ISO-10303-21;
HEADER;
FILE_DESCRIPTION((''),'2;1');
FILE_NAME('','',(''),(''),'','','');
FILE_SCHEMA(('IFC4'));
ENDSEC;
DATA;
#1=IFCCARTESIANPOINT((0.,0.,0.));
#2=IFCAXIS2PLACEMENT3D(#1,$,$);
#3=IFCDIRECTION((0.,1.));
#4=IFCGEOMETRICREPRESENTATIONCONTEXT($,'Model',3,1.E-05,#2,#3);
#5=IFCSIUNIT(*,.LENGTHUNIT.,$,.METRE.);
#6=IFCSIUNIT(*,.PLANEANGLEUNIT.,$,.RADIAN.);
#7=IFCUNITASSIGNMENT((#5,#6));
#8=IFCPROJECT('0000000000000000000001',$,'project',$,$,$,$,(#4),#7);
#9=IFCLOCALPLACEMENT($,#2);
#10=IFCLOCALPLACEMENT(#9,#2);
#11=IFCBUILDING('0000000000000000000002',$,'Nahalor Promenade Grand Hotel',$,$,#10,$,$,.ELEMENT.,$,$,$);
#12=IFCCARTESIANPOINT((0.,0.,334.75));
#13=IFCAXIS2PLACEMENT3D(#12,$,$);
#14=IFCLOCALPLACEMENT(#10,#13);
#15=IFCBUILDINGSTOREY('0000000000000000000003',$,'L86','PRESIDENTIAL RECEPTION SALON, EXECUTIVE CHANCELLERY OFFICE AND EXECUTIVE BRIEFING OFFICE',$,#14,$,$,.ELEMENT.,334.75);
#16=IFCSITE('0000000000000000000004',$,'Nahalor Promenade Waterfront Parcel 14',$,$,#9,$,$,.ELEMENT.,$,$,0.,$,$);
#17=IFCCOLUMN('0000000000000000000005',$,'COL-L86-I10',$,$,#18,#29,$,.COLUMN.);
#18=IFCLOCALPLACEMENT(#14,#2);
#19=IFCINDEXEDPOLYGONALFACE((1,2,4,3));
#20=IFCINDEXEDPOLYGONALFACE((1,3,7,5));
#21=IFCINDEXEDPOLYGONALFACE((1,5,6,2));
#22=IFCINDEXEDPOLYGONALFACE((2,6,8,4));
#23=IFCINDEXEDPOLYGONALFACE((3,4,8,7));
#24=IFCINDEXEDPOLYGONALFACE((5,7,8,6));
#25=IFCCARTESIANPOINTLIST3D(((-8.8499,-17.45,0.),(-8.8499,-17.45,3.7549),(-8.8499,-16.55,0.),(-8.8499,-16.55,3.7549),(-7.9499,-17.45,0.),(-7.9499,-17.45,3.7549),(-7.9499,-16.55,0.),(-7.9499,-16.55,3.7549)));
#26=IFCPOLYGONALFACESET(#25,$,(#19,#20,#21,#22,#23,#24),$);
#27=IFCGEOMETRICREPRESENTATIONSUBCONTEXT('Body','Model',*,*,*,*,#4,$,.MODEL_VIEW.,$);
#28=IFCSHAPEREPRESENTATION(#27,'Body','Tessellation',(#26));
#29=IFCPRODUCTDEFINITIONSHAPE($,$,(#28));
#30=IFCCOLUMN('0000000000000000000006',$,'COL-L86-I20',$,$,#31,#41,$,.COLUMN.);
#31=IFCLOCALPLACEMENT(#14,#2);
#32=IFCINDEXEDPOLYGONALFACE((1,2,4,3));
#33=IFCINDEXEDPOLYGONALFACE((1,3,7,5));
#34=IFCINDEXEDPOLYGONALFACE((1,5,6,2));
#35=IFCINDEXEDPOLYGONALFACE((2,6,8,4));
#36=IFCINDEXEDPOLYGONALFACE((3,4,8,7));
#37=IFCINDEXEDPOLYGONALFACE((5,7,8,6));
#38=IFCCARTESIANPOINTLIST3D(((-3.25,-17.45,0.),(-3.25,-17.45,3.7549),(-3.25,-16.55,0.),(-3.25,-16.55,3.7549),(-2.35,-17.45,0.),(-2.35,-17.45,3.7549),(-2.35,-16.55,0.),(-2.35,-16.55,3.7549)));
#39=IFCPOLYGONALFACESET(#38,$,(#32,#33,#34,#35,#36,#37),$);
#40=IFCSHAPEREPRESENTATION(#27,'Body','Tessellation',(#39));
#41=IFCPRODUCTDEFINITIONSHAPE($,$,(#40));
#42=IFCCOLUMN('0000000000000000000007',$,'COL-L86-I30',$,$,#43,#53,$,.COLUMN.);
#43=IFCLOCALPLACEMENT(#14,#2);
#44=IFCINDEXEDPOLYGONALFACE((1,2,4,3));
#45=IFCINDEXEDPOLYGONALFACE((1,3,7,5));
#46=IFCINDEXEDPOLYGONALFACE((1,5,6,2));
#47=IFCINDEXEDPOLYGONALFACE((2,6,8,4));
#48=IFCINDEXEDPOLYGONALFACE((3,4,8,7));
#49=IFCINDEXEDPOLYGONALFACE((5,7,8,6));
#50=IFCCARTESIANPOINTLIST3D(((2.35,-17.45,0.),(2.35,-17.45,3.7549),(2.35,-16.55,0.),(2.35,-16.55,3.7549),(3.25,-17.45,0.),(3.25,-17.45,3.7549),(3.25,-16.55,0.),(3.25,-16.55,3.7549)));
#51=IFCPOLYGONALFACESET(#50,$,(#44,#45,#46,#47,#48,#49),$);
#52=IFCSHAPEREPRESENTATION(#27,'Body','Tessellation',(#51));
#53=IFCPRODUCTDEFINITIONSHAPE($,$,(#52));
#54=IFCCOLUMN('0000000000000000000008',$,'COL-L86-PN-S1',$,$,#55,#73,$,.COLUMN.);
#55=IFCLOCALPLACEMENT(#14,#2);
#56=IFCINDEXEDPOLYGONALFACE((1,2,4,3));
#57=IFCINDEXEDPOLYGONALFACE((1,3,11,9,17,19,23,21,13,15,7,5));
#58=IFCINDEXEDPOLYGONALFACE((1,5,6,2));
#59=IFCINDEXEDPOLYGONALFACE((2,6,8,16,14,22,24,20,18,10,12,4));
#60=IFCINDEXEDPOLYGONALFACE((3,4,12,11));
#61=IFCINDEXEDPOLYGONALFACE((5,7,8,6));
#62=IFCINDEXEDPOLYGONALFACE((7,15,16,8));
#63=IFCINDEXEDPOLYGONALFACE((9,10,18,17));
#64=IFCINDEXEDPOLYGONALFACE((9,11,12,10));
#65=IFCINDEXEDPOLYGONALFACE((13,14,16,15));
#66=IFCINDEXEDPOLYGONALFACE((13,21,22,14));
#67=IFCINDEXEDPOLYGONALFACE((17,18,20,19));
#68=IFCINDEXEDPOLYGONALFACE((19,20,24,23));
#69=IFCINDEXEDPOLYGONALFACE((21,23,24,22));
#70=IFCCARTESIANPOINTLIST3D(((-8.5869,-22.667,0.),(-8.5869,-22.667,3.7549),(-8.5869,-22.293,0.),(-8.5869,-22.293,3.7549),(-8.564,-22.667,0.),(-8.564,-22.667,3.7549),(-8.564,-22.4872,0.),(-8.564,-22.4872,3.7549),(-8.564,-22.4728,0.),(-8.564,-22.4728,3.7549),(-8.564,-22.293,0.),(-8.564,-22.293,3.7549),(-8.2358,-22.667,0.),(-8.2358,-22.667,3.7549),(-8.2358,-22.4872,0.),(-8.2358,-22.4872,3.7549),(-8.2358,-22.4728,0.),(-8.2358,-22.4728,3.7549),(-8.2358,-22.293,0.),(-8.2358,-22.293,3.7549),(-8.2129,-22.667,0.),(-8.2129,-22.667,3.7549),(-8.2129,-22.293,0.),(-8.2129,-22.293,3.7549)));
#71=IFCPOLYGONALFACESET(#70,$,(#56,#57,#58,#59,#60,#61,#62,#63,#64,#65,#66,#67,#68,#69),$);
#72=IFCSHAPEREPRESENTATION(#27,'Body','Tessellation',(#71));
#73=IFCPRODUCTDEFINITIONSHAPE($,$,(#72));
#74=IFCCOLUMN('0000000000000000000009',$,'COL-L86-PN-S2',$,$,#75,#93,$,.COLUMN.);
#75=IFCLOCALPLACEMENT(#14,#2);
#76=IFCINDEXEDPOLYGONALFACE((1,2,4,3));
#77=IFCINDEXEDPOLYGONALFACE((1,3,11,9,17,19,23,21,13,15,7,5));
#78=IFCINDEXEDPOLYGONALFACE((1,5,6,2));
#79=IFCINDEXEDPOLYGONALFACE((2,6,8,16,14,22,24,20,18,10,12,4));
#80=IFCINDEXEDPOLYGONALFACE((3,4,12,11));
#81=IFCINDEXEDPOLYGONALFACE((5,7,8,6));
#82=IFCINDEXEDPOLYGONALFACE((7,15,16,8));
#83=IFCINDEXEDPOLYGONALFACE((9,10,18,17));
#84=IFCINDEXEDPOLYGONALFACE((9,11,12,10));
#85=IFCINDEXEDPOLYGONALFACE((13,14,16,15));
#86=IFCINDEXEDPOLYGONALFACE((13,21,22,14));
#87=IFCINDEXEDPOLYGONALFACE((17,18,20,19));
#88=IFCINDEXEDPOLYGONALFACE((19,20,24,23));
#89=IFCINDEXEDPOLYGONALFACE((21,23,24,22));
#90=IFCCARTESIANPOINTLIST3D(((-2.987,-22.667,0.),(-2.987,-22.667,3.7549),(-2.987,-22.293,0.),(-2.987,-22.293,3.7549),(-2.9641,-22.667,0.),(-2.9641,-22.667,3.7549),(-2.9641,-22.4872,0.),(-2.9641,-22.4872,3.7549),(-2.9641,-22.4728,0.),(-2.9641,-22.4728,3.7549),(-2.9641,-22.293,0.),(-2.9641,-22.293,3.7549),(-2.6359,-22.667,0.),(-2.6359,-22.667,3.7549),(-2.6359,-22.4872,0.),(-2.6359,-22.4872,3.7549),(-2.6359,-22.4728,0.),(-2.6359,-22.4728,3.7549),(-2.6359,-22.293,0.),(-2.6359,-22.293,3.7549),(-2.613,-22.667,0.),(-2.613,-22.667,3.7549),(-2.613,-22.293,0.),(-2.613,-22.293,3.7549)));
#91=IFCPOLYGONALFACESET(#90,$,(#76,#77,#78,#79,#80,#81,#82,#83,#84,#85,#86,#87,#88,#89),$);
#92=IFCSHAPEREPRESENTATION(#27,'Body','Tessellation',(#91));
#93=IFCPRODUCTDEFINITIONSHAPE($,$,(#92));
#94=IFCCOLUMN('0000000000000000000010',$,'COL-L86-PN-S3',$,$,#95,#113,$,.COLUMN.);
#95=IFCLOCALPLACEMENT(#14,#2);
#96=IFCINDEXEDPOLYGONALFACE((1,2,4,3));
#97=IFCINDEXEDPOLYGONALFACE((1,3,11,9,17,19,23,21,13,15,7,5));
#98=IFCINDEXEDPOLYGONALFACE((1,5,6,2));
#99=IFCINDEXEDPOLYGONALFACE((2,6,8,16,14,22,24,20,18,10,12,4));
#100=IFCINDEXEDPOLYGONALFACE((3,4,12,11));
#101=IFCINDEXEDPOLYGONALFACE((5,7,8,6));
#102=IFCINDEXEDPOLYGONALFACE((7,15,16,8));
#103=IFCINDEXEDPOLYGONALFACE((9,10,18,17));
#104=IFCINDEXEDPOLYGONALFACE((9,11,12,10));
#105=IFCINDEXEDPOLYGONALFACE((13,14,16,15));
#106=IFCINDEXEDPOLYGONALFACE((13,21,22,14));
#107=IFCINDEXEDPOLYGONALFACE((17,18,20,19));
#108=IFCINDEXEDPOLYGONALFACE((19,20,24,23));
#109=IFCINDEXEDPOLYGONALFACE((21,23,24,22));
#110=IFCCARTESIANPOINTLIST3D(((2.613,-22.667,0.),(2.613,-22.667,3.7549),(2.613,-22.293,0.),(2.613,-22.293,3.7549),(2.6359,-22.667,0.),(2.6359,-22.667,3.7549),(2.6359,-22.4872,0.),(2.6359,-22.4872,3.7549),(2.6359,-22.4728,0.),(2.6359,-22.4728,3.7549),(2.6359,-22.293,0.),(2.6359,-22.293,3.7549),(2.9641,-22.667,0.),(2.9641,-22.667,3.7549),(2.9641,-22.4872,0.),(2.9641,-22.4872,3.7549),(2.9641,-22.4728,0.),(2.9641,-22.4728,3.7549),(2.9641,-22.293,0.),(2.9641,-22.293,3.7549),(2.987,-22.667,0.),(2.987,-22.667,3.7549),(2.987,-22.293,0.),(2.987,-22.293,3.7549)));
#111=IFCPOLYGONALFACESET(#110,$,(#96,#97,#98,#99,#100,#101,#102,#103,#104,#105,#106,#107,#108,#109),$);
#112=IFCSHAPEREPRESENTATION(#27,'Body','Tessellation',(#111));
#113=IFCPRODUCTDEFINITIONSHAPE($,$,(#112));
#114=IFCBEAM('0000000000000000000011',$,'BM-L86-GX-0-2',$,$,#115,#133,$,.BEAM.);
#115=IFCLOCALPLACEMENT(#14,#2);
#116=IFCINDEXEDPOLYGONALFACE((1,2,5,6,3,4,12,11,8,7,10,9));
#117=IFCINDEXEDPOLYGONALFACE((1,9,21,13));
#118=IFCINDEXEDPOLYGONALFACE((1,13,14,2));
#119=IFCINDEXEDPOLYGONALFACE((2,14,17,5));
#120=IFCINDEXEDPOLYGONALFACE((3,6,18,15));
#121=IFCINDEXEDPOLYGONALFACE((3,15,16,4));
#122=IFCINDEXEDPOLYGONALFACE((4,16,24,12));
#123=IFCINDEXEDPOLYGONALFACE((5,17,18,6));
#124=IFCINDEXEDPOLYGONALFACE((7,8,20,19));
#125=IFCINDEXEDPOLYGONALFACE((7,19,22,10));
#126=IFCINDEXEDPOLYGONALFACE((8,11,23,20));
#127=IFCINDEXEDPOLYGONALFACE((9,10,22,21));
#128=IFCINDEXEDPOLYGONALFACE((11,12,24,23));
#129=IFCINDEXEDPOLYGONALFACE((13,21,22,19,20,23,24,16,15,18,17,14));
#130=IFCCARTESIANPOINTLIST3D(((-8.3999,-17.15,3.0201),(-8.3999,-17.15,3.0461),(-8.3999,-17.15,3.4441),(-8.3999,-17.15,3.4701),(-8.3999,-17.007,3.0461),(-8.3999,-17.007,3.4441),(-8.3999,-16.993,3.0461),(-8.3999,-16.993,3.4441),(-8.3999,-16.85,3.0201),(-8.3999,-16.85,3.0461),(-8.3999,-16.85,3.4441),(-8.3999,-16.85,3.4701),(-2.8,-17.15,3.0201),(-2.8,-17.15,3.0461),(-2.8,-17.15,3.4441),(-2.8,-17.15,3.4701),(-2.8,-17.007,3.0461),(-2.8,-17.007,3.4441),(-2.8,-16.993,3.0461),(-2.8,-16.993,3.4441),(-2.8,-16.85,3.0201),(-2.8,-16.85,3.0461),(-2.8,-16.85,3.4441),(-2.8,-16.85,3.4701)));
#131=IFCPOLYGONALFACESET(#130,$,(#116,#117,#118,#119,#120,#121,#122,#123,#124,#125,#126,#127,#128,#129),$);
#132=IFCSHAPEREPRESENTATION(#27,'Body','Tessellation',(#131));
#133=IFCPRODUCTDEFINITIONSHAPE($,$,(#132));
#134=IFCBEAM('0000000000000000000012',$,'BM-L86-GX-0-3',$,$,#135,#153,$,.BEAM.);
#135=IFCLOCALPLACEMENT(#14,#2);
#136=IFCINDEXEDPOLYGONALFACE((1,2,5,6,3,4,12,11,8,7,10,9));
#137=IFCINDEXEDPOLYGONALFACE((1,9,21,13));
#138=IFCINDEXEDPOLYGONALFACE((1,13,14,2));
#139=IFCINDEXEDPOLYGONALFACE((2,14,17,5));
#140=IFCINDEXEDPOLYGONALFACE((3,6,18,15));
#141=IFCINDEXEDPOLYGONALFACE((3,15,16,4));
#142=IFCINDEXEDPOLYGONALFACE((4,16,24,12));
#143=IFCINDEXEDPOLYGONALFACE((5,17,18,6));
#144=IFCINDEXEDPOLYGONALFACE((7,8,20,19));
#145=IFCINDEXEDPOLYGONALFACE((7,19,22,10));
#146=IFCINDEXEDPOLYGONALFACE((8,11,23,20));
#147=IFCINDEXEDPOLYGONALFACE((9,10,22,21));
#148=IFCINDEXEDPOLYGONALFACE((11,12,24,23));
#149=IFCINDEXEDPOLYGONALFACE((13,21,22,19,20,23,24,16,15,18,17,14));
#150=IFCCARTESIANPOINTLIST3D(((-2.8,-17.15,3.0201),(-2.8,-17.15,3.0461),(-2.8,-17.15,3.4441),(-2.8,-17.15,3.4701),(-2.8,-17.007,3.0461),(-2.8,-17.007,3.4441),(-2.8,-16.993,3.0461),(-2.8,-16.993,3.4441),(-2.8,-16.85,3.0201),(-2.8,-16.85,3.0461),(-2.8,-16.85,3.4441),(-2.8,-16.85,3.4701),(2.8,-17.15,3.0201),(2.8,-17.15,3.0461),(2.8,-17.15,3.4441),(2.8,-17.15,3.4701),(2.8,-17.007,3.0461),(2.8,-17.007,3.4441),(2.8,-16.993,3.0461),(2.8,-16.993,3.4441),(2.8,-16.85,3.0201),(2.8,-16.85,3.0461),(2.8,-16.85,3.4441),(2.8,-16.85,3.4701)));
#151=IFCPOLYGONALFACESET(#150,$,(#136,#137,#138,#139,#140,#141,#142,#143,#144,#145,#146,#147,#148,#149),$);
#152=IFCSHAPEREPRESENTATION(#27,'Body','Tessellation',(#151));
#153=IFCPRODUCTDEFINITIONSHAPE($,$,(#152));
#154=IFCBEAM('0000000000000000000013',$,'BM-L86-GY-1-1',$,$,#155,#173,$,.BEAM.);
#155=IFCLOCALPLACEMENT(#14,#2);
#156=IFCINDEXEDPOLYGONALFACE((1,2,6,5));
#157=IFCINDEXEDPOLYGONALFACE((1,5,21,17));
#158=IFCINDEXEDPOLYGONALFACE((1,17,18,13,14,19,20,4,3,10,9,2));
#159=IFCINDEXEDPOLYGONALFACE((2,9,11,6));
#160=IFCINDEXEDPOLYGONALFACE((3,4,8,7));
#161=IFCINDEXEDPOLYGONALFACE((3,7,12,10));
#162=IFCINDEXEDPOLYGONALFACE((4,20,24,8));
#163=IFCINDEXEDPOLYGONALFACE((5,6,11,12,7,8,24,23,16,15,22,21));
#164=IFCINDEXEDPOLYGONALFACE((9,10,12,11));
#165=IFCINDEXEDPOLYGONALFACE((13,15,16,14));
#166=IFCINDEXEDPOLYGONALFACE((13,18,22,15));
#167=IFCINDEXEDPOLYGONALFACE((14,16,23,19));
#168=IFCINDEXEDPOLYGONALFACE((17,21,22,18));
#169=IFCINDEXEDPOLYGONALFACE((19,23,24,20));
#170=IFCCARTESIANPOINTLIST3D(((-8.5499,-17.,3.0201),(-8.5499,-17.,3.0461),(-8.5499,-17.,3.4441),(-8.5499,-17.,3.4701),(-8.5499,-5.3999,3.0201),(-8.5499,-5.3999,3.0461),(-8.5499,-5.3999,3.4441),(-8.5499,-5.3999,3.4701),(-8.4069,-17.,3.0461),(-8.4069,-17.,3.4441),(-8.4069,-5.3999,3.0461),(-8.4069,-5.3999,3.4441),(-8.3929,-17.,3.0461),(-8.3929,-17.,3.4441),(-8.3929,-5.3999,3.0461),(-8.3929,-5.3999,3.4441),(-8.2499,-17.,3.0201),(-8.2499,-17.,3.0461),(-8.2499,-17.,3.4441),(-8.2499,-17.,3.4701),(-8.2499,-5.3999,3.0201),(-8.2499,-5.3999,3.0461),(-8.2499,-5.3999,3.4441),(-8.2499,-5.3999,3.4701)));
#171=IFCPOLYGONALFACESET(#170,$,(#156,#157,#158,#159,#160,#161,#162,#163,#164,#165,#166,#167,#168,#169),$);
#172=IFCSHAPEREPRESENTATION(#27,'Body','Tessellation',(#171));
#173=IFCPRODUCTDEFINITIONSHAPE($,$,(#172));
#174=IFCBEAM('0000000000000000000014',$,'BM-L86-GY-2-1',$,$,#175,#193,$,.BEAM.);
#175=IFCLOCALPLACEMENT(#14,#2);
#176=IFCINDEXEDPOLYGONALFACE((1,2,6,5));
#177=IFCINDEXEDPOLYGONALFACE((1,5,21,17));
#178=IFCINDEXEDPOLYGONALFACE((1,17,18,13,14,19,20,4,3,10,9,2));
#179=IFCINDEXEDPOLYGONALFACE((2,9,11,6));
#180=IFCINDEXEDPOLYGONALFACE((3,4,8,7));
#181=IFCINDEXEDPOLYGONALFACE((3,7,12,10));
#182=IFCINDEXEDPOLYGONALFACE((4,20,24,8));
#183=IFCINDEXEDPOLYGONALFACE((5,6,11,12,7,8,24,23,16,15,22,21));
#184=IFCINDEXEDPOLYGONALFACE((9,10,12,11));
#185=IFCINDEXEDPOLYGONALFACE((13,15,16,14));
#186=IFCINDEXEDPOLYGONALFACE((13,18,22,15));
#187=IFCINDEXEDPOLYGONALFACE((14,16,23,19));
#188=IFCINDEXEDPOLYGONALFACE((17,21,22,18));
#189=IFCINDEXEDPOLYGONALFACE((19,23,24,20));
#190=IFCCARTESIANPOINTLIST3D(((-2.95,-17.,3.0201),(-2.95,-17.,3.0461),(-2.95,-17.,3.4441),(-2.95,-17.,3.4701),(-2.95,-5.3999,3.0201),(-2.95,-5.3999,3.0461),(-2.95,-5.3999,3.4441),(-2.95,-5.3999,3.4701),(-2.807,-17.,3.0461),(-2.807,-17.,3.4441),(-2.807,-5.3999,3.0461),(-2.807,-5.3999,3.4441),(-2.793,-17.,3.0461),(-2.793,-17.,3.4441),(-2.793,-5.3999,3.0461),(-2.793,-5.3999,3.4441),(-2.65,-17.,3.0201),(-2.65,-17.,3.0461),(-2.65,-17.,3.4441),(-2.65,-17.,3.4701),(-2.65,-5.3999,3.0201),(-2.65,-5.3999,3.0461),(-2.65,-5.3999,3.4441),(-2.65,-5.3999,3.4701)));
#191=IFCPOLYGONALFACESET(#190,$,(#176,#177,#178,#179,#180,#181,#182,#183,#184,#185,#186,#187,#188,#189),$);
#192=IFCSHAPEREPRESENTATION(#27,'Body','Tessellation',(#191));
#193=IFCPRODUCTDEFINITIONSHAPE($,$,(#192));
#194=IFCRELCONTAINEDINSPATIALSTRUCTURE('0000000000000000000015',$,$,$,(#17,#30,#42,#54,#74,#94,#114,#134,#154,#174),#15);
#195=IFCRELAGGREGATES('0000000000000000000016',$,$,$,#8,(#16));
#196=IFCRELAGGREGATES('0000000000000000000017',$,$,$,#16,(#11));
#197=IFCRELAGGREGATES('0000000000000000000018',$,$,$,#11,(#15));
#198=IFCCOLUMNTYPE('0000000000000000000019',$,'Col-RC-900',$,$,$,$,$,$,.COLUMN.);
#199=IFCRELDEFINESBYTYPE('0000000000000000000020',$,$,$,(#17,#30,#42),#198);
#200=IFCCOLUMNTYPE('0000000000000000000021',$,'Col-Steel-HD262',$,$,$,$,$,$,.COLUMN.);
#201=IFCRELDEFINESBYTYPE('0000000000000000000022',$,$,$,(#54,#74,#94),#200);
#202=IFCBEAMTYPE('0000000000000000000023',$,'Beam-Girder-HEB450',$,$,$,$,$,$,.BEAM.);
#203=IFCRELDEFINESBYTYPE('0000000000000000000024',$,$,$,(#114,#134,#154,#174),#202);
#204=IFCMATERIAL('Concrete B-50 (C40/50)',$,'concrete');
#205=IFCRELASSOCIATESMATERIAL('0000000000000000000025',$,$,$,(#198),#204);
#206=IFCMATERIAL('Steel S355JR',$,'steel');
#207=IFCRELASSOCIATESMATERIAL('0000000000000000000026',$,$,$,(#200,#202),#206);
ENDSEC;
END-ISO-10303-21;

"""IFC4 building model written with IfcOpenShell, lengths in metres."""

from ifc_helpers import new_model, si_unit, direction, frame, origin, origin_2d, place, context, subcontext, project, spatial, rectangle, i_section, extrude, source, transform, mapped, material, material_profile, profile_set, type_object, element, save


model = new_model("IFC4")

# Units and contexts
model_context = context("Model", 3, precision=1e-05, world=origin(), true_north=direction((0.0, 1.0)))
body_context = subcontext(model_context, "Body", "Model", "MODEL_VIEW")
ifc_project = project(units=[si_unit("LENGTHUNIT", "METRE"), si_unit("PLANEANGLEUNIT", "RADIAN")], contexts=[model_context])

# Site, building, storey
site_placement = place(None, origin())
site = spatial("IfcSite", under=ifc_project, at=site_placement, Name="Nahalor Promenade Waterfront Parcel 14", CompositionType="ELEMENT", RefElevation=0.0)
building_placement = place(site_placement, origin())
building = spatial("IfcBuilding", under=site, at=building_placement, Name="Nahalor Promenade Grand Hotel", CompositionType="ELEMENT")
storey_placement = place(building_placement, frame((0.0, 0.0, 334.75)))
storey = spatial("IfcBuildingStorey", under=building, at=storey_placement, Name="L86", Description="PRESIDENTIAL RECEPTION SALON, EXECUTIVE CHANCELLERY OFFICE AND EXECUTIVE BRIEFING OFFICE", CompositionType="ELEMENT", Elevation=334.75)

# Columns
ifc_material_1 = material(Name="Concrete B-50 (C40/50)", Category="concrete")
ifc_material_profile_1 = material_profile(ifc_material_1, rectangle(XDim=0.9, YDim=0.9, at=origin_2d()), Name="RC 900x900")
ifc_profile_set_1 = profile_set([ifc_material_profile_1], Name="Concrete B-50 (C40/50)")
column_type_1 = type_object("IfcColumnType", Name="Col-RC-900", PredefinedType="COLUMN", material=ifc_profile_set_1)
shared_shape_1 = source(origin(), body_context, "Body", "SweptSolid", [
    extrude(rectangle(XDim=0.9, YDim=0.9, at=origin_2d()), origin(), (0.0, 0.0, 1.0), 3.7549),
])
for number, where, z_axis, x_axis, name in (
    (1, (-8.3999, -17.0, 0.0), (0.0, 0.0, 1.0), (1.0, 0.0, 0.0), "COL-L86-I10"),
    (2, (-2.8, -17.0, 0.0), (0.0, 0.0, 1.0), (1.0, 0.0, 0.0), "COL-L86-I20"),
    (3, (2.8, -17.0, 0.0), (0.0, 0.0, 1.0), (1.0, 0.0, 0.0), "COL-L86-I30"),
):
    element("IfcColumn", number, at=place(storey_placement, frame(where, z_axis=z_axis, x_axis=x_axis)), inside=storey, type_object=column_type_1, Name=name, PredefinedType="COLUMN", context=body_context, shape_type="MappedRepresentation", body=[
        mapped(shared_shape_1, transform((0.0, 0.0, 0.0), scale=1.0)),
    ])
ifc_material_2 = material(Name="Steel S355JR", Category="steel")
ifc_material_profile_2 = material_profile(ifc_material_2, i_section(OverallWidth=0.374, OverallDepth=0.374, WebThickness=0.0144, FlangeThickness=0.0229, at=origin_2d()), Name="HD 360x262")
ifc_profile_set_2 = profile_set([ifc_material_profile_2], Name="Steel S355JR")
column_type_2 = type_object("IfcColumnType", Name="Col-Steel-HD262", PredefinedType="COLUMN", material=ifc_profile_set_2)
shared_shape_2 = source(origin(), body_context, "Body", "SweptSolid", [
    extrude(i_section(OverallWidth=0.374, OverallDepth=0.374, WebThickness=0.0144, FlangeThickness=0.0229, at=origin_2d()), origin(), (0.0, 0.0, 1.0), 3.7549),
])
for number, where, z_axis, x_axis, name in (
    (4, (-8.3999, -22.48, 0.0), (0.0, 0.0, 1.0), (0.0, 1.0, 0.0), "COL-L86-PN-S1"),
    (5, (-2.8, -22.48, 0.0), (0.0, 0.0, 1.0), (0.0, 1.0, 0.0), "COL-L86-PN-S2"),
    (6, (2.8, -22.48, 0.0), (0.0, 0.0, 1.0), (0.0, 1.0, 0.0), "COL-L86-PN-S3"),
):
    element("IfcColumn", number, at=place(storey_placement, frame(where, z_axis=z_axis, x_axis=x_axis)), inside=storey, type_object=column_type_2, Name=name, PredefinedType="COLUMN", context=body_context, shape_type="MappedRepresentation", body=[
        mapped(shared_shape_2, transform((0.0, 0.0, 0.0), scale=1.0)),
    ])

# Beams
ifc_material_profile_3 = material_profile(ifc_material_2, i_section(OverallWidth=0.3, OverallDepth=0.45, WebThickness=0.014, FlangeThickness=0.026, at=origin_2d()), Name="HEB 450")
ifc_profile_set_3 = profile_set([ifc_material_profile_3], Name="Steel S355JR")
beam_type_1 = type_object("IfcBeamType", Name="Beam-Girder-HEB450", PredefinedType="BEAM", material=ifc_profile_set_3)
shared_shape_3 = source(origin(), body_context, "Body", "SweptSolid", [
    extrude(i_section(OverallWidth=0.3, OverallDepth=0.45, WebThickness=0.014, FlangeThickness=0.026, at=origin_2d()), origin(), (0.0, 0.0, 1.0), 5.5999),
])
beam_1_placement = place(storey_placement, frame((-8.3999, -17.0, 3.2451), z_axis=(1.0, 0.0, 0.0), x_axis=(0.0, 1.0, 0.0)))
element("IfcBeam", 7, at=beam_1_placement, inside=storey, type_object=beam_type_1, Name="BM-L86-GX-0-2", PredefinedType="BEAM", context=body_context, shape_type="MappedRepresentation", body=[
    mapped(shared_shape_3, transform((0.0, 0.0, 0.0), scale=1.0)),
])
shared_shape_4 = source(origin(), body_context, "Body", "SweptSolid", [
    extrude(i_section(OverallWidth=0.3, OverallDepth=0.45, WebThickness=0.014, FlangeThickness=0.026, at=origin_2d()), origin(), (0.0, 0.0, 1.0), 5.6001),
])
beam_2_placement = place(storey_placement, frame((-2.8, -17.0, 3.2451), z_axis=(1.0, 0.0, 0.0), x_axis=(0.0, 1.0, 0.0)))
element("IfcBeam", 8, at=beam_2_placement, inside=storey, type_object=beam_type_1, Name="BM-L86-GX-0-3", PredefinedType="BEAM", context=body_context, shape_type="MappedRepresentation", body=[
    mapped(shared_shape_4, transform((0.0, 0.0, 0.0), scale=1.0)),
])
shared_shape_5 = source(origin(), body_context, "Body", "SweptSolid", [
    extrude(i_section(OverallWidth=0.3, OverallDepth=0.45, WebThickness=0.014, FlangeThickness=0.026, at=origin_2d()), origin(), (0.0, 0.0, 1.0), 11.6001),
])
for number, where, z_axis, x_axis, name in (
    (9, (-8.3999, -17.0, 3.2451), (0.0, 1.0, 0.0), (-1.0, 0.0, 0.0), "BM-L86-GY-1-1"),
    (10, (-2.8, -17.0, 3.2451), (0.0, 1.0, 0.0), (-1.0, 0.0, 0.0), "BM-L86-GY-2-1"),
):
    element("IfcBeam", number, at=place(storey_placement, frame(where, z_axis=z_axis, x_axis=x_axis)), inside=storey, type_object=beam_type_1, Name=name, PredefinedType="BEAM", context=body_context, shape_type="MappedRepresentation", body=[
        mapped(shared_shape_5, transform((0.0, 0.0, 0.0), scale=1.0)),
    ])

save(model, "model.ifc")
